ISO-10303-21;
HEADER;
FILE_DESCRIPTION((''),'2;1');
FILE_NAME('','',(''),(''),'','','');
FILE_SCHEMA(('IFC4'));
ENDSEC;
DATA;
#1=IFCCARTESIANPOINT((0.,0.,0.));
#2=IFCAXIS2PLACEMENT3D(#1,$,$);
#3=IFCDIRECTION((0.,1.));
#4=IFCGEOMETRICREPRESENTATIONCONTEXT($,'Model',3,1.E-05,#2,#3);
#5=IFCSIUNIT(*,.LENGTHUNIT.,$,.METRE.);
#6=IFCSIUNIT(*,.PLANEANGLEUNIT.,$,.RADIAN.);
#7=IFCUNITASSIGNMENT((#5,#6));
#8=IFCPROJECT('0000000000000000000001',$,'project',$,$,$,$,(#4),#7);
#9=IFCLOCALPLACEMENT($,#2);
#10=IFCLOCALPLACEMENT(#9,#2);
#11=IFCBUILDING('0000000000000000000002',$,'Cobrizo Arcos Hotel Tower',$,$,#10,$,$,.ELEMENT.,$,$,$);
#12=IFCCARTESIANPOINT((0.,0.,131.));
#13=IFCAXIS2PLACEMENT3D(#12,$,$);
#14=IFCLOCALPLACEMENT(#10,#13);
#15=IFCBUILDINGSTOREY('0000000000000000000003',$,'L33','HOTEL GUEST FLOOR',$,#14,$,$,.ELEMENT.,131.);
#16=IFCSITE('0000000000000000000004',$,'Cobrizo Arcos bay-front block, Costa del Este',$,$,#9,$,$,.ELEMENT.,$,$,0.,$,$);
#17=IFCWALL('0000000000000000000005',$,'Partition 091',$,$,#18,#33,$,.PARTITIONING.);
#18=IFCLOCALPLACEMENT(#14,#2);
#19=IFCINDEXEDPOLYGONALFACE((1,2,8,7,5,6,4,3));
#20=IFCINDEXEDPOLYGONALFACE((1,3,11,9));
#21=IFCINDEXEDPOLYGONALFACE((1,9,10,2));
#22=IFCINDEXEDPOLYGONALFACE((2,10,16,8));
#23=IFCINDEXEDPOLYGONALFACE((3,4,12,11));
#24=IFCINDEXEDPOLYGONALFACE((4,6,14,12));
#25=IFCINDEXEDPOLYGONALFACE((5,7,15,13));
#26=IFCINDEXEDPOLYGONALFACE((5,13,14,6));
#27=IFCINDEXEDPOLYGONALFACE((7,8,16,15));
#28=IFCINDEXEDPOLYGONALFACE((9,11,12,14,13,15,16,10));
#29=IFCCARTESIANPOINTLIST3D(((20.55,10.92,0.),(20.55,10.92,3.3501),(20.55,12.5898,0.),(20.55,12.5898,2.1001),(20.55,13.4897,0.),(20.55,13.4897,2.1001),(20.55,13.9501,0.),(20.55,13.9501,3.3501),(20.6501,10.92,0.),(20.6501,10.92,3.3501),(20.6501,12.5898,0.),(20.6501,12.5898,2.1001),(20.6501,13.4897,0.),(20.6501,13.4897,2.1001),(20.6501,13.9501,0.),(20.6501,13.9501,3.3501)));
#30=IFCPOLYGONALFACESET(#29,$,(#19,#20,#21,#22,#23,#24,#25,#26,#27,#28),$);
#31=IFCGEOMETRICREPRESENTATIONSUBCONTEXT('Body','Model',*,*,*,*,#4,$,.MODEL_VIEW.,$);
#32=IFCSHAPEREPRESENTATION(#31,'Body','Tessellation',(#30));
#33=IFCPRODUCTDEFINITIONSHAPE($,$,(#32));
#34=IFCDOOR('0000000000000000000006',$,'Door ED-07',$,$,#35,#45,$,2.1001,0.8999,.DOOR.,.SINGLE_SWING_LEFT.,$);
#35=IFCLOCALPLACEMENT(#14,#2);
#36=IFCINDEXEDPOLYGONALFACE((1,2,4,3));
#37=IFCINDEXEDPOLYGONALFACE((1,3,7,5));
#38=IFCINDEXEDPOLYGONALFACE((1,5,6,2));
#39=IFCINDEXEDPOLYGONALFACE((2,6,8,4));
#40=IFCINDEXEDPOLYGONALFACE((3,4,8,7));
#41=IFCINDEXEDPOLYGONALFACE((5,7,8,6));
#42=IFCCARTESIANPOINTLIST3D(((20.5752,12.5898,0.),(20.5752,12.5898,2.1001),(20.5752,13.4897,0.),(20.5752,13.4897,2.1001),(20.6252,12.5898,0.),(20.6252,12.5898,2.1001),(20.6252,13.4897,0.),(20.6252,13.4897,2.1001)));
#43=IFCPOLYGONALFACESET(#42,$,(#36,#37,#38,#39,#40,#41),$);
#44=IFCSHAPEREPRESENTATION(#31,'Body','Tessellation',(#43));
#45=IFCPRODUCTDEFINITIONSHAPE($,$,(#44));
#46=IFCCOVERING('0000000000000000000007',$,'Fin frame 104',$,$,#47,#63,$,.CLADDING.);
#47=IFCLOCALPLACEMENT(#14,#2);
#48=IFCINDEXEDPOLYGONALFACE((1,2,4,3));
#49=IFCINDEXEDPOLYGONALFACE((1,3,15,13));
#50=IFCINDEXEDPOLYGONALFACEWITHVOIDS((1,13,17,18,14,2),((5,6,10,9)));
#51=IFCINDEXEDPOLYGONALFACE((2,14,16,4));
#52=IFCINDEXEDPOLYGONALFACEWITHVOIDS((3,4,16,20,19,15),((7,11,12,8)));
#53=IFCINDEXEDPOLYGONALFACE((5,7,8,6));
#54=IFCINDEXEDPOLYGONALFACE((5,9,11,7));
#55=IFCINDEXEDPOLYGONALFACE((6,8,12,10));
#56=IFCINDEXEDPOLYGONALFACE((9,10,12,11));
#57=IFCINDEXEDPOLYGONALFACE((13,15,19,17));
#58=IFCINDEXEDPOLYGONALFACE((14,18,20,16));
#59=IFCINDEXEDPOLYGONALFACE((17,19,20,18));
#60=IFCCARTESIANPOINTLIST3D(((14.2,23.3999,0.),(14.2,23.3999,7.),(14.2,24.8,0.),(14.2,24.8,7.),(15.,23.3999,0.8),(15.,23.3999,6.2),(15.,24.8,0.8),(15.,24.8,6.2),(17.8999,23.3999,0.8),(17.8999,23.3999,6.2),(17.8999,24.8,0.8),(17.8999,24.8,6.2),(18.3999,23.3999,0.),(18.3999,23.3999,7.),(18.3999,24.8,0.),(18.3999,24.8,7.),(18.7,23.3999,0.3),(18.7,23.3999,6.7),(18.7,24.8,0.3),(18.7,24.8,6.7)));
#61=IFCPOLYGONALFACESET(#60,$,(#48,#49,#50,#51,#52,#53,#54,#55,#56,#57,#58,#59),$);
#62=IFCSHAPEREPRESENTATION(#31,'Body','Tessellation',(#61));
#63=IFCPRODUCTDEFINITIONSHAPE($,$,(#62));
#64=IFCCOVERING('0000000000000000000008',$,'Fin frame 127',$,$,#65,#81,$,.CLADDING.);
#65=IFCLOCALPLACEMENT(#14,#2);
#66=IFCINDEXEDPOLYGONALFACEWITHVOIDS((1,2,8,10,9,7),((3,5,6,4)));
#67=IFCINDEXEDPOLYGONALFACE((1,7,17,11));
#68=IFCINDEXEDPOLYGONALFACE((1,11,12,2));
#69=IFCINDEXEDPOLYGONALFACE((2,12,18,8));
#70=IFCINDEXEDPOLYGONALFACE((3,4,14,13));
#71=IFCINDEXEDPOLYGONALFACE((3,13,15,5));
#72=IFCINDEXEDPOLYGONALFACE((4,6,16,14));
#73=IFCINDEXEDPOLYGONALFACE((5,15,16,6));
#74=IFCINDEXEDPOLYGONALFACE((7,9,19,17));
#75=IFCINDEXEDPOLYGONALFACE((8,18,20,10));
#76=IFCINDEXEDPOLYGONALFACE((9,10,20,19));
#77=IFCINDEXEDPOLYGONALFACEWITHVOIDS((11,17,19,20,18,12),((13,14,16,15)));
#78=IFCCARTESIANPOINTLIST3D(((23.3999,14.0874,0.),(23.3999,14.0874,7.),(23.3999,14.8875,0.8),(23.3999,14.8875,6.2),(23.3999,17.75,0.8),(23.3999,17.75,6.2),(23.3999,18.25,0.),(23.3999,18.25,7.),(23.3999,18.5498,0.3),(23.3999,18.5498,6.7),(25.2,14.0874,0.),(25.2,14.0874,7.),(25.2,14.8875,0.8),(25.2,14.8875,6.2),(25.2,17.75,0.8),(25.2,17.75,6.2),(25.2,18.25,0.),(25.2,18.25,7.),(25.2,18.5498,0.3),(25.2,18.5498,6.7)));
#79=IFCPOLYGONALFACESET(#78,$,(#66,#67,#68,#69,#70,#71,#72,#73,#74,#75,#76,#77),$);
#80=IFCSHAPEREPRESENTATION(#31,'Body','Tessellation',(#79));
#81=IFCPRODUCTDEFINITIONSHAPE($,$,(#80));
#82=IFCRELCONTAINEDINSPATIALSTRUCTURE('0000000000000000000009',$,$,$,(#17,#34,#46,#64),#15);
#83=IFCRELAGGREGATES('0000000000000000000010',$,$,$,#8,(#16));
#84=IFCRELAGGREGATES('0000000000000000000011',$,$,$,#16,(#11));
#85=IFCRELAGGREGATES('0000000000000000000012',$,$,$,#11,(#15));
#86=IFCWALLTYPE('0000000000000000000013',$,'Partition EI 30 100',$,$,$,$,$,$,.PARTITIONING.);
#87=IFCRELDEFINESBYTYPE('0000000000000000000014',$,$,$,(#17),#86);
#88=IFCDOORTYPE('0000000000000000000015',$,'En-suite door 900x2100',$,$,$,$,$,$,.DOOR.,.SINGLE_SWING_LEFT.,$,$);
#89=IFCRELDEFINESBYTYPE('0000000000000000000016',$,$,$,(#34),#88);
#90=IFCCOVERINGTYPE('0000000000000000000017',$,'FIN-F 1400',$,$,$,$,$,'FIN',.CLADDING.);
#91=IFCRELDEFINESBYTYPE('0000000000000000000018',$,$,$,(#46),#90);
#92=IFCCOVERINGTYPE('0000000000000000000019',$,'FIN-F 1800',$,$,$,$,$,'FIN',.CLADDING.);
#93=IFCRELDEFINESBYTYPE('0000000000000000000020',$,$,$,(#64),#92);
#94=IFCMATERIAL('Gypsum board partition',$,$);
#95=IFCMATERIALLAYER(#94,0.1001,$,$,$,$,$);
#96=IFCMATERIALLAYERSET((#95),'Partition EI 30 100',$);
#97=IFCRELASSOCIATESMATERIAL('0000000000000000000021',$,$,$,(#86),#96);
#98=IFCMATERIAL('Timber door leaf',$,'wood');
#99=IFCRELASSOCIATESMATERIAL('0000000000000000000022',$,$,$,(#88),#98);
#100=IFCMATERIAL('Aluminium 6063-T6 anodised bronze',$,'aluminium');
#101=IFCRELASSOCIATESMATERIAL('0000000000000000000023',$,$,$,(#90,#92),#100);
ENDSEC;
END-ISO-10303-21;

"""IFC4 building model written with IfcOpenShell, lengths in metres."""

from ifc_helpers import new_model, si_unit, direction, frame, frame_2d, origin, place, context, subcontext, project, spatial, polyline, rectangle, outline, extrude, material, layer, layer_set, type_object, element, fill, save


model = new_model("IFC4")

# Units and contexts
model_context = context("Model", 3, precision=1e-05, world=origin(), true_north=direction((0.0, 1.0)))
body_context = subcontext(model_context, "Body", "Model", "MODEL_VIEW")
ifc_project = project(units=[si_unit("LENGTHUNIT", "METRE"), si_unit("PLANEANGLEUNIT", "RADIAN")], contexts=[model_context])

# Site, building, storey
site_placement = place(None, origin())
site = spatial("IfcSite", under=ifc_project, at=site_placement, Name="Cobrizo Arcos bay-front block, Costa del Este", CompositionType="ELEMENT", RefElevation=0.0)
building_placement = place(site_placement, origin())
building = spatial("IfcBuilding", under=site, at=building_placement, Name="Cobrizo Arcos Hotel Tower", CompositionType="ELEMENT")
storey_placement = place(building_placement, frame((0.0, 0.0, 131.0)))
storey = spatial("IfcBuildingStorey", under=building, at=storey_placement, Name="L33", Description="HOTEL GUEST FLOOR", CompositionType="ELEMENT", Elevation=131.0)

# Shared definitions
ifc_material_1 = material(Name="Aluminium 6063-T6 anodised bronze", Category="aluminium")

# Shared definitions
ifc_material_2 = material(Name="Gypsum board partition")
ifc_layer_1 = layer(ifc_material_2, 0.1001)
ifc_layer_set_1 = layer_set([ifc_layer_1], Name="Partition EI 30 100")
wall_type = type_object("IfcWallType", Name="Partition EI 30 100", PredefinedType="PARTITIONING", material=ifc_layer_set_1)

# Wall, opening, door
wall_1_placement = place(storey_placement, frame((20.6001, 10.9199, 0.0), z_axis=(0.0, 0.0, 1.0), x_axis=(0.0, 1.0, 0.0)))
wall_1 = element("IfcWall", 1, at=wall_1_placement, inside=storey, type_object=wall_type, Name="Partition 091", PredefinedType="PARTITIONING", context=body_context, shape_type="SweptSolid", body=[
    extrude(rectangle(XDim=3.03, YDim=0.1001, at=frame_2d((1.5151, 0.0))), origin(), (0.0, 0.0, 1.0), 3.3501),
])
opening_placement = place(wall_1_placement, frame((1.6699, 0.0, 0.0)))
opening = element("IfcOpeningElement", 2, at=opening_placement, cuts=wall_1, PredefinedType="OPENING", context=body_context, shape_type="SweptSolid", body=[
    extrude(rectangle(XDim=0.8999, YDim=2.1001, at=frame_2d((0.45, 1.05))), frame((0.0, 0.062, 0.0), z_axis=(0.0, -1.0, 0.0), x_axis=(1.0, 0.0, 0.0)), (0.0, 0.0, 1.0), 0.124),
])
ifc_material_3 = material(Name="Timber door leaf", Category="wood")
door_type = type_object("IfcDoorType", Name="En-suite door 900x2100", OperationType="SINGLE_SWING_LEFT", PredefinedType="DOOR", material=ifc_material_3)
door_placement = place(opening_placement, origin())
door = element("IfcDoor", 3, at=door_placement, inside=storey, type_object=door_type, Name="Door ED-07", OperationType="SINGLE_SWING_LEFT", OverallHeight=2.1001, OverallWidth=0.8999, PredefinedType="DOOR", context=body_context, shape_type="SweptSolid", body=[
    extrude(rectangle(XDim=0.8999, YDim=2.1001, at=frame_2d((0.45, 1.05))), frame((0.0, 0.0249, 0.0), z_axis=(0.0, -1.0, 0.0), x_axis=(1.0, 0.0, 0.0)), (0.0, 0.0, 1.0), 0.05),
])
fill(opening, door)

# Coverings
covering_type_1 = type_object("IfcCoveringType", Name="FIN-F 1400", ElementType="FIN", PredefinedType="CLADDING", material=ifc_material_1)
covering_1_placement = place(storey_placement, frame((18.7, 23.3999, 0.0), z_axis=(0.0, 1.0, 0.0), x_axis=(-1.0, 0.0, 0.0)))
element("IfcCovering", 4, at=covering_1_placement, inside=storey, type_object=covering_type_1, Name="Fin frame 104", PredefinedType="CLADDING", context=body_context, shape_type="SweptSolid", body=[
    extrude(outline(polyline([(0.0, 0.3), (0.3, 0.0), (4.5, 0.0), (4.5, 7.0), (0.3, 7.0), (0.0, 6.7), (0.0, 0.3)]), holes=[polyline([(3.7, 0.8), (0.8, 0.8), (0.8, 6.2), (3.7, 6.2), (3.7, 0.8)])]), origin(), (0.0, 0.0, 1.0), 1.4001),
])
covering_type_2 = type_object("IfcCoveringType", Name="FIN-F 1800", ElementType="FIN", PredefinedType="CLADDING", material=ifc_material_1)
covering_2_placement = place(storey_placement, frame((23.3999, 14.0874, 0.0), z_axis=(1.0, 0.0, 0.0), x_axis=(0.0, 1.0, 0.0)))
element("IfcCovering", 5, at=covering_2_placement, inside=storey, type_object=covering_type_2, Name="Fin frame 127", PredefinedType="CLADDING", context=body_context, shape_type="SweptSolid", body=[
    extrude(outline(polyline([(0.0, 7.0), (0.0, 0.0), (4.1626, 0.0), (4.4624, 0.3), (4.4624, 6.7), (4.1626, 7.0), (0.0, 7.0)]), holes=[polyline([(3.6626, 0.8), (0.8, 0.8), (0.8, 6.2), (3.6626, 6.2), (3.6626, 0.8)])]), origin(), (0.0, 0.0, 1.0), 1.8),
])

save(model, "model.ifc")
